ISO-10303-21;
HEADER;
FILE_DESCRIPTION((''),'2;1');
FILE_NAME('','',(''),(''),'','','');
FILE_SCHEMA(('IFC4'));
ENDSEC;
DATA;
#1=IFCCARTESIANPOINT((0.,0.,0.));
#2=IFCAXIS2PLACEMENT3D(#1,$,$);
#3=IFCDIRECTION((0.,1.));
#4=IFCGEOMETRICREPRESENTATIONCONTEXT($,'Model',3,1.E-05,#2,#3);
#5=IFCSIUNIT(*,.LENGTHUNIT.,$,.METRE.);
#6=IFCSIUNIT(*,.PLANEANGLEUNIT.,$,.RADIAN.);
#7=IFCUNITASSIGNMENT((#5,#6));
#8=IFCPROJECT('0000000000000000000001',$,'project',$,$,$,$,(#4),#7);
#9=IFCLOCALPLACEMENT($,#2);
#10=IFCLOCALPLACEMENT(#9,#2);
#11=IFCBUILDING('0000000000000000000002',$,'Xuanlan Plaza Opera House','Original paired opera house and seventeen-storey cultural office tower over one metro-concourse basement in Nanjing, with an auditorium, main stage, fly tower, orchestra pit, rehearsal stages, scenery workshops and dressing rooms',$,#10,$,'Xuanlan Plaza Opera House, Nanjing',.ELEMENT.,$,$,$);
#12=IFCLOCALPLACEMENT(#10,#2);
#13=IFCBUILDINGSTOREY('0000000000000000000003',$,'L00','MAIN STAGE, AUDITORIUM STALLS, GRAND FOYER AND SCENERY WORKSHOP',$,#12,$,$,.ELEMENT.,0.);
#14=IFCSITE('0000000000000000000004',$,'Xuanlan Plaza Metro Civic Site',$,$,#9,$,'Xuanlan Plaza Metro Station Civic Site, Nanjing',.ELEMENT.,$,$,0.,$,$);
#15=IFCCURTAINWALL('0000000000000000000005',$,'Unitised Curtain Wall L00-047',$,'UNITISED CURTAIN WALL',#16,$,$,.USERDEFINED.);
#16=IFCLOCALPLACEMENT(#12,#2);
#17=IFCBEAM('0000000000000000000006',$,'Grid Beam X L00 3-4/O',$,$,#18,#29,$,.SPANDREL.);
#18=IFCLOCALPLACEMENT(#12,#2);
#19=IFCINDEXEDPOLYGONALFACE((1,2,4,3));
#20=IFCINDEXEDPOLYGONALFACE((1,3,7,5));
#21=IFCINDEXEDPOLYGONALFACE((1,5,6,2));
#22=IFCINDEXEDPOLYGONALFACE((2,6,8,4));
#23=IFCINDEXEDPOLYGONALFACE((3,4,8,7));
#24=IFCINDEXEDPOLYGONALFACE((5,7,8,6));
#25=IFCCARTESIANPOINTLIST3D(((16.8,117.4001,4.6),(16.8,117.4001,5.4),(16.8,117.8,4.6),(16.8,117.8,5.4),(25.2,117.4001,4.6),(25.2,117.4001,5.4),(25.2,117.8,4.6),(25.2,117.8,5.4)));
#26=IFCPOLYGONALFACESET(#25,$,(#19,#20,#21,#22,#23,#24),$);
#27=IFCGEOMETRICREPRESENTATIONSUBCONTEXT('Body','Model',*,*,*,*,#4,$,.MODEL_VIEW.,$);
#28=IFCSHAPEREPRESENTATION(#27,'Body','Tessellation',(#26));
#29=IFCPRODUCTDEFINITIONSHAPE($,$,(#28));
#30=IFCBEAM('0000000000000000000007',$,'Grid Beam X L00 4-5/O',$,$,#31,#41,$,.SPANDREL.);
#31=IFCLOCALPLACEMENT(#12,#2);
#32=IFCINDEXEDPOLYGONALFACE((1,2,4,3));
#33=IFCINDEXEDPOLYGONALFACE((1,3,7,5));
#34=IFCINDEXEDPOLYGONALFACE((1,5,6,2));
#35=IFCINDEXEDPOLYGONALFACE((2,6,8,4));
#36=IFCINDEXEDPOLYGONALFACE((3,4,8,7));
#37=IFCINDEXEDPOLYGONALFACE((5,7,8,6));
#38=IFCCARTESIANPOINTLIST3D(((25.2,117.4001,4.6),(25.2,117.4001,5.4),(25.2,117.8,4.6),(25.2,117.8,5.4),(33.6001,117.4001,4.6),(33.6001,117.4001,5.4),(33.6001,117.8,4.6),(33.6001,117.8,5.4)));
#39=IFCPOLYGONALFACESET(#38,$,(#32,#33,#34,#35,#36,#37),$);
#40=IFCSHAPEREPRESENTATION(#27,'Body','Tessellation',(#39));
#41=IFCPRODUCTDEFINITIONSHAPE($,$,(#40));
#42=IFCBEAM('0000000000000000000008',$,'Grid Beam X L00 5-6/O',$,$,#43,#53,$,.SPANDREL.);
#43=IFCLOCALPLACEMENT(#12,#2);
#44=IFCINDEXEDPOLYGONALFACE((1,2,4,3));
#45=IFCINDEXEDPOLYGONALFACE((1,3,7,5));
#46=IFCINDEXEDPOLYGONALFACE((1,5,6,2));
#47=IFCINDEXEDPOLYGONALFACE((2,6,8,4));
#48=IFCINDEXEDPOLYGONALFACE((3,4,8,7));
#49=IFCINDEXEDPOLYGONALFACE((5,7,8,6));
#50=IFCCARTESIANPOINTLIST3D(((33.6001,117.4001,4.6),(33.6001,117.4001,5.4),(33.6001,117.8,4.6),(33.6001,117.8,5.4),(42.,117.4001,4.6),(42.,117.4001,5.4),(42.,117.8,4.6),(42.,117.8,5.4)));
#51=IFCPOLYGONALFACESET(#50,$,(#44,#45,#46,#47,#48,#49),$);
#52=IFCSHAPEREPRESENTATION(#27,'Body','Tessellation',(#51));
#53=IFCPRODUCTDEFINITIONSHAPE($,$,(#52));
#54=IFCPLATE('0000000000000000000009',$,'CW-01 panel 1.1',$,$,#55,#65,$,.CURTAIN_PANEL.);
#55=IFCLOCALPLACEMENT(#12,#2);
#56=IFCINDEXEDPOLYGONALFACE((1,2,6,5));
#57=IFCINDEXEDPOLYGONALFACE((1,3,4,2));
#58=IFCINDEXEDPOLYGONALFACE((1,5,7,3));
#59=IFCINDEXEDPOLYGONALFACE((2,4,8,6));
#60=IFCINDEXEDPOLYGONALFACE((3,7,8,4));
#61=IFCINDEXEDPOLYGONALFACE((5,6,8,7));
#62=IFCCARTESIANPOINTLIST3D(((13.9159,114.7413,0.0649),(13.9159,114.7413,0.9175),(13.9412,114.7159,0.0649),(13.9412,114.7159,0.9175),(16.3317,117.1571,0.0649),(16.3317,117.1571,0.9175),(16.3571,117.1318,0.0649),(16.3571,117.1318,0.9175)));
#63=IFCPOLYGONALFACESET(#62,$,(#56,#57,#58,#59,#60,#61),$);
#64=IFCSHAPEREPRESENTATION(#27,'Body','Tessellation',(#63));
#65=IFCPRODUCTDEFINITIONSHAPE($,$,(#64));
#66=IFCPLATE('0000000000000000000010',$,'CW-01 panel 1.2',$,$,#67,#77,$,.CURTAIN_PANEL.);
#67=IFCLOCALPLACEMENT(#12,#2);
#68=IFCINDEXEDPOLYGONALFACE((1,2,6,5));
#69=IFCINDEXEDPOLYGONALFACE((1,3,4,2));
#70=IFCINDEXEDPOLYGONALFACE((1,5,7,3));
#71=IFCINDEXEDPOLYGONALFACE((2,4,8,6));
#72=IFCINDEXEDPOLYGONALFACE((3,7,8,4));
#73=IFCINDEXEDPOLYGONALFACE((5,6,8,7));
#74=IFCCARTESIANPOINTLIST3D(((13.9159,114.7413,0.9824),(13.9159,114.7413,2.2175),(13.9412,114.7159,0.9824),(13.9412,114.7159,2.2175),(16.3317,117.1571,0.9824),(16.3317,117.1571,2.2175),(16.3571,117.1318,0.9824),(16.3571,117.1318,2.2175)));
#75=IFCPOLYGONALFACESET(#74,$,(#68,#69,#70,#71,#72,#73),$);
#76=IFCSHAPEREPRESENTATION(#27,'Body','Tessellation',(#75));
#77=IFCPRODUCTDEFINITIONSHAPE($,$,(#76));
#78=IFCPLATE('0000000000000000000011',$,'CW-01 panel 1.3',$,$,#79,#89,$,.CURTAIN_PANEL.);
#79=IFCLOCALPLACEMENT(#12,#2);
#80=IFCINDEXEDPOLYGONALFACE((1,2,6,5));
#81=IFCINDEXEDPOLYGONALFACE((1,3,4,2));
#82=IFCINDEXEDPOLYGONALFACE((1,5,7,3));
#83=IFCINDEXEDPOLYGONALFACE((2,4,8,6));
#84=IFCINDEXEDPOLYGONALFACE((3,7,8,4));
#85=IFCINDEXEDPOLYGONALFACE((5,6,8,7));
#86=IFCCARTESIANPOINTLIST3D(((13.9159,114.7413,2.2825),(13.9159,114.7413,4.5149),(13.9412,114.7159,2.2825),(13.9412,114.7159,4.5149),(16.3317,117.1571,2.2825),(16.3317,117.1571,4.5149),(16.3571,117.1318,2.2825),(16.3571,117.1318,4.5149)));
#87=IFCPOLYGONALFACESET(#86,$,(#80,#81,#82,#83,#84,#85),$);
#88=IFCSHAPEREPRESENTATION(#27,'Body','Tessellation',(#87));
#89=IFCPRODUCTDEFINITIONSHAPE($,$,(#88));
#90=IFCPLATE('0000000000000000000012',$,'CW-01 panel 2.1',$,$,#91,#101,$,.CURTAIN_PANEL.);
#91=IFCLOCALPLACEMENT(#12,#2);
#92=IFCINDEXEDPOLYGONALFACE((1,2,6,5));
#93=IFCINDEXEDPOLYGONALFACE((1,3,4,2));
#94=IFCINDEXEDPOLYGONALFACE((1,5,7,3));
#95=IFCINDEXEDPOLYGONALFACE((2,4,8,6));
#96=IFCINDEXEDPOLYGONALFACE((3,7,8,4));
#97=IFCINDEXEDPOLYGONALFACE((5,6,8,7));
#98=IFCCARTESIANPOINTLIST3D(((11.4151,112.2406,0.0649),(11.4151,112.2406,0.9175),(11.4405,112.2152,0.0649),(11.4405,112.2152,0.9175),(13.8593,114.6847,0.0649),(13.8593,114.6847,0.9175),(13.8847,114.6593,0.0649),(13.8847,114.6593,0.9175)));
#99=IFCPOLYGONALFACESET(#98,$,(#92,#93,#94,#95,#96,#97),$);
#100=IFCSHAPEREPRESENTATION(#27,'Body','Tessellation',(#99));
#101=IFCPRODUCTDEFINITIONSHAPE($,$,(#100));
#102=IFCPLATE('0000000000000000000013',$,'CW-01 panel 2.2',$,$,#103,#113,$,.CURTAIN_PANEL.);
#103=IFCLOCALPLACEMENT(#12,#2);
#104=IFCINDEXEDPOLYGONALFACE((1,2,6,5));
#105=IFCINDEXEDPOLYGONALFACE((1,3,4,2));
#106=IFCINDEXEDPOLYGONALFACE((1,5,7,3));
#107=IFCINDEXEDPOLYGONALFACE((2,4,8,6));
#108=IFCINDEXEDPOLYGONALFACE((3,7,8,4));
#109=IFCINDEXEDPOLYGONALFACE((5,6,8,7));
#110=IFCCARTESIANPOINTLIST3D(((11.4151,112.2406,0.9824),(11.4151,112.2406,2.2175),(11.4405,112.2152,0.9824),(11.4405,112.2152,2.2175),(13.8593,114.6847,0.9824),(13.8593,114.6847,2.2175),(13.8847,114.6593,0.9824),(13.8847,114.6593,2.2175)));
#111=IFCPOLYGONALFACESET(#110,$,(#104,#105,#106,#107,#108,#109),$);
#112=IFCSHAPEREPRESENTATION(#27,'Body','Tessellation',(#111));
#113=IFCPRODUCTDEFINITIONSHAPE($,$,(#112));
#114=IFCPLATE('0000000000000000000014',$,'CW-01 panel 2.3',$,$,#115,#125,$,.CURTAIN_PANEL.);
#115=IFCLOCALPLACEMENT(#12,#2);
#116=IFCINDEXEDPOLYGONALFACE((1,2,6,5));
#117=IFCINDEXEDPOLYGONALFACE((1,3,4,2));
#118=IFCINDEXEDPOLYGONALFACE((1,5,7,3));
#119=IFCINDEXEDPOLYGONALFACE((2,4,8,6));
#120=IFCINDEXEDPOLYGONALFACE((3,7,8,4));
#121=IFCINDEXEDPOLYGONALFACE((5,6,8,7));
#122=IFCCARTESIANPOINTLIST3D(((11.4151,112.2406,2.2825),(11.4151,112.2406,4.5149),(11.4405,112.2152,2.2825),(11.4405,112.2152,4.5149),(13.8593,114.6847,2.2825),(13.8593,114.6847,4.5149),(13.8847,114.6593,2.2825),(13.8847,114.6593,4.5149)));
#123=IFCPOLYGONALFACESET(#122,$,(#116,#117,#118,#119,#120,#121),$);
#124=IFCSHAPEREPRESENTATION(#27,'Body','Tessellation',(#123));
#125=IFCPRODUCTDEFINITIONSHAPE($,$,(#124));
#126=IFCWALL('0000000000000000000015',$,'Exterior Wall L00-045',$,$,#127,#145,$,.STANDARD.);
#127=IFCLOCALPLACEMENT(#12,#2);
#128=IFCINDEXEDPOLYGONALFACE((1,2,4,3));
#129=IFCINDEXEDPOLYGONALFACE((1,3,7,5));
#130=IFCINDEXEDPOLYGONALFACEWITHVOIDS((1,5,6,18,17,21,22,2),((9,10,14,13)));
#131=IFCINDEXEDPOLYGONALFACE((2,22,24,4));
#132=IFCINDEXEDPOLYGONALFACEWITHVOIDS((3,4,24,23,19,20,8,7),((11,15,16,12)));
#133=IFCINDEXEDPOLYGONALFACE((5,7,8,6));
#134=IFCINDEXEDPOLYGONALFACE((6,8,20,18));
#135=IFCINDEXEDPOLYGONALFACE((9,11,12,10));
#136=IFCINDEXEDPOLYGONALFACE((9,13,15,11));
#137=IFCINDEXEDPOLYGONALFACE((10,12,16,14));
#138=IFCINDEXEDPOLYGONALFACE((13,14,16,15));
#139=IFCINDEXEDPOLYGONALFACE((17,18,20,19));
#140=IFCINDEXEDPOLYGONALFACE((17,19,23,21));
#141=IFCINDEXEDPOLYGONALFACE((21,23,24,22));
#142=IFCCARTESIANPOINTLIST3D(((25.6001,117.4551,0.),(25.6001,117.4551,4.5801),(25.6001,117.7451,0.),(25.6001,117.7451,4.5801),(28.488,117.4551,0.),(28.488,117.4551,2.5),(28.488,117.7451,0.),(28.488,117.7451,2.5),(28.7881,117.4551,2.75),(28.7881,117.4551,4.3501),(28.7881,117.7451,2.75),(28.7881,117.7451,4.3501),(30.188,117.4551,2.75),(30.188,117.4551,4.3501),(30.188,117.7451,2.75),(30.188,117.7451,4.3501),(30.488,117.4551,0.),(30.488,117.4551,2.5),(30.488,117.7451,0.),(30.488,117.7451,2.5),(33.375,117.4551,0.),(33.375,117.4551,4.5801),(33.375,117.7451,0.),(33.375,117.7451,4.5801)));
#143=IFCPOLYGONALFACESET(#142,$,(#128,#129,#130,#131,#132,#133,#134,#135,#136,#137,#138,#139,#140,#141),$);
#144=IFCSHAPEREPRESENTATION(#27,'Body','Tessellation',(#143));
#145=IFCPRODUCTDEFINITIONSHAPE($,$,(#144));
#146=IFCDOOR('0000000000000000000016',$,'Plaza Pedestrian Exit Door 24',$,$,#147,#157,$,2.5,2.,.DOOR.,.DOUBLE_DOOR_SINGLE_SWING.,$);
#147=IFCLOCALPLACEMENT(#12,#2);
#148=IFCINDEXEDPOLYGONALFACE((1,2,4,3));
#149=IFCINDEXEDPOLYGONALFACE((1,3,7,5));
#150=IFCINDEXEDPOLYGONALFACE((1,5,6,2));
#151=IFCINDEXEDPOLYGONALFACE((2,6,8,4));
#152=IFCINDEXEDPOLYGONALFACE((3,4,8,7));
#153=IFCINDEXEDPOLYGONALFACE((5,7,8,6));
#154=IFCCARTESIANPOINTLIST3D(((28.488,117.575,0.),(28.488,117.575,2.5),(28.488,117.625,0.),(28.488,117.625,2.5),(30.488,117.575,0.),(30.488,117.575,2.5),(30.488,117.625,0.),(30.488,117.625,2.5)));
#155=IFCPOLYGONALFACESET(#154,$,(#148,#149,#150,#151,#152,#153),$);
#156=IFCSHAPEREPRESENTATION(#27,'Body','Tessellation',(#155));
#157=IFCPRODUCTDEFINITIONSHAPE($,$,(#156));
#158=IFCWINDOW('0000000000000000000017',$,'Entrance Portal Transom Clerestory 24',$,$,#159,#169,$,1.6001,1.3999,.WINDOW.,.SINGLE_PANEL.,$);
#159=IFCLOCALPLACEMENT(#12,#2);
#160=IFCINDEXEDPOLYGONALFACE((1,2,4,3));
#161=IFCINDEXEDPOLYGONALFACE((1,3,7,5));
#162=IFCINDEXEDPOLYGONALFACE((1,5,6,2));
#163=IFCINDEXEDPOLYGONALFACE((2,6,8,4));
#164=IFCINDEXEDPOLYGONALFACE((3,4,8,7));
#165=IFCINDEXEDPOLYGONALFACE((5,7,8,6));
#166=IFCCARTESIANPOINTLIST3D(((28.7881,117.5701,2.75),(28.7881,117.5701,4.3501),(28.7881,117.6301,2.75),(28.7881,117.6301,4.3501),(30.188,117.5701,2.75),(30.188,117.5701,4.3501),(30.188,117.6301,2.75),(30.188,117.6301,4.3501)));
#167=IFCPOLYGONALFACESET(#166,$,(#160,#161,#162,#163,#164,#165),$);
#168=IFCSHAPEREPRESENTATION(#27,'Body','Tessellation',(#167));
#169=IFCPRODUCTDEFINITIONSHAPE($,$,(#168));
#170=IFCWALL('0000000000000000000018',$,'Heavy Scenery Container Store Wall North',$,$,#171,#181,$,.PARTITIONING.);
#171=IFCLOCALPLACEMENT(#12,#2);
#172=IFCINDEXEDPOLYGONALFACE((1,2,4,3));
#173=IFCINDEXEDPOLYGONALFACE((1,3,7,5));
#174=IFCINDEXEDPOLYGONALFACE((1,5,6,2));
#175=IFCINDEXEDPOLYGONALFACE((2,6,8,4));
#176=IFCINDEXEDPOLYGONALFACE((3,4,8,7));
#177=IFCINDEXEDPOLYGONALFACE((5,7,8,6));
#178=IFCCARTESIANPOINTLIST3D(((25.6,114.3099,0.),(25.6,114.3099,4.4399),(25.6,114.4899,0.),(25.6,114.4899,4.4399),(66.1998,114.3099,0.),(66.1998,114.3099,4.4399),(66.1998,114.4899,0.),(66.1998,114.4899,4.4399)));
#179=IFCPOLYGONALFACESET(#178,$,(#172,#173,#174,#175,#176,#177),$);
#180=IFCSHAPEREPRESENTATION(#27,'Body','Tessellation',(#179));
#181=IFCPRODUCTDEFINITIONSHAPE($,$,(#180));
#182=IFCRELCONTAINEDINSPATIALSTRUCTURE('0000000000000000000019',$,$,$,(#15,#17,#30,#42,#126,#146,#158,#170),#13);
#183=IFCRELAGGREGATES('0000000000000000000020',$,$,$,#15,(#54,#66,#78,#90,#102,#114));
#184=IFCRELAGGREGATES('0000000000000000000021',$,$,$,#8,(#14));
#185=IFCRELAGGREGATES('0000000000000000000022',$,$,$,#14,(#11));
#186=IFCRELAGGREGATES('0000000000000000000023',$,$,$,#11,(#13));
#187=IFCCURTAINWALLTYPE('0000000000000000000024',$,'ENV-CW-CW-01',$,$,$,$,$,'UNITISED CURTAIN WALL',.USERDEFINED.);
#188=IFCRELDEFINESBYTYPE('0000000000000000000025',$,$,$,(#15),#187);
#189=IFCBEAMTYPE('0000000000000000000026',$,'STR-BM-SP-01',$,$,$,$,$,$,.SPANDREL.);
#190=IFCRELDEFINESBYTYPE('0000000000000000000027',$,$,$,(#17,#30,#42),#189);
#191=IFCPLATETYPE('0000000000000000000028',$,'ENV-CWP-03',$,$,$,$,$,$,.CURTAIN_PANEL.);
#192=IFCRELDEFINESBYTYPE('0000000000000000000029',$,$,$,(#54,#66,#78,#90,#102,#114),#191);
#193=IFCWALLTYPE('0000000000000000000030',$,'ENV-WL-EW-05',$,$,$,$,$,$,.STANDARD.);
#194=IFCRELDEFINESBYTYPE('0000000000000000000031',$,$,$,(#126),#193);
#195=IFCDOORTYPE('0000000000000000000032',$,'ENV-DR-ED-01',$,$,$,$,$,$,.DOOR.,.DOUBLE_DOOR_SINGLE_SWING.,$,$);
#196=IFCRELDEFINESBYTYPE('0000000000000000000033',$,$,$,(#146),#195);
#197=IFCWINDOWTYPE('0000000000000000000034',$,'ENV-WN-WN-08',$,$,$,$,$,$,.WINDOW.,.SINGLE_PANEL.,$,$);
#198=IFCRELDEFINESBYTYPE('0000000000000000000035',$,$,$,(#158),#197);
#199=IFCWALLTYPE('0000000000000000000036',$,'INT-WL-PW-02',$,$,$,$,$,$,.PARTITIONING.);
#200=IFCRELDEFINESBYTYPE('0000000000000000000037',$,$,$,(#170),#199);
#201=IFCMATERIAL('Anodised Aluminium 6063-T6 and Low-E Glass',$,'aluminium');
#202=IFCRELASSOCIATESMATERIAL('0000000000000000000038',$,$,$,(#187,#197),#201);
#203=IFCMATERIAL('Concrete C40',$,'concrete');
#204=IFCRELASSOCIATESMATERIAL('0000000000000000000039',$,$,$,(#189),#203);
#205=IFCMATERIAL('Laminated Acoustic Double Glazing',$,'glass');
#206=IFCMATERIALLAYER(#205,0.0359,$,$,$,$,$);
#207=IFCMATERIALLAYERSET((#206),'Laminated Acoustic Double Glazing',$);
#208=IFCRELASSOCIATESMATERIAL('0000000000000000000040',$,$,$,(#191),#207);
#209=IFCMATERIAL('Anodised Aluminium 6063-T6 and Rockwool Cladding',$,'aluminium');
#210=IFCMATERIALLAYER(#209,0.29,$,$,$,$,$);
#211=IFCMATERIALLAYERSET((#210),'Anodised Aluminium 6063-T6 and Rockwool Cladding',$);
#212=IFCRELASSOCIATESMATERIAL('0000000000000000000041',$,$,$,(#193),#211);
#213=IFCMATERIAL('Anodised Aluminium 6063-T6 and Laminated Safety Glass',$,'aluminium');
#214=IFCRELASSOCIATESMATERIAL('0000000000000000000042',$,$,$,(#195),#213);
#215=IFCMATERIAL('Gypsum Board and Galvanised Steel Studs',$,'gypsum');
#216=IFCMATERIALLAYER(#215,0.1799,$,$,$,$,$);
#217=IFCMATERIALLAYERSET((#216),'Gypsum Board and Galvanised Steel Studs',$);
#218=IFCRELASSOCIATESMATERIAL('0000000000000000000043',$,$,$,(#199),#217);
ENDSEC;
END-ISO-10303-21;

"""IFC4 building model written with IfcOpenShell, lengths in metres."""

from ifc_helpers import new_model, si_unit, direction, frame, frame_2d, origin, origin_2d, place, context, subcontext, project, spatial, rectangle, extrude, material, layer, layer_set, material_profile, profile_set, type_object, element, fill, aggregate, save


model = new_model("IFC4")

# Units and contexts
model_context = context("Model", 3, precision=1e-05, world=origin(), true_north=direction((0.0, 1.0)))
body_context = subcontext(model_context, "Body", "Model", "MODEL_VIEW")
ifc_project = project(units=[si_unit("LENGTHUNIT", "METRE"), si_unit("PLANEANGLEUNIT", "RADIAN")], contexts=[model_context])

# Site, building, storey
site_placement = place(None, origin())
site = spatial("IfcSite", under=ifc_project, at=site_placement, Name="Xuanlan Plaza Metro Civic Site", LongName="Xuanlan Plaza Metro Station Civic Site, Nanjing", CompositionType="ELEMENT", RefElevation=0.0)
building_placement = place(site_placement, origin())
building = spatial("IfcBuilding", under=site, at=building_placement, Name="Xuanlan Plaza Opera House", Description="Original paired opera house and seventeen-storey cultural office tower over one metro-concourse basement in Nanjing, with an auditorium, main stage, fly tower, orchestra pit, rehearsal stages, scenery workshops and dressing rooms", LongName="Xuanlan Plaza Opera House, Nanjing", CompositionType="ELEMENT")
storey_placement = place(building_placement, origin())
storey = spatial("IfcBuildingStorey", under=building, at=storey_placement, Name="L00", Description="MAIN STAGE, AUDITORIUM STALLS, GRAND FOYER AND SCENERY WORKSHOP", CompositionType="ELEMENT", Elevation=0.0)

# Shared definitions
ifc_material_1 = material(Name="Concrete C40", Category="concrete")

# Curtain wall
ifc_material_2 = material(Name="Anodised Aluminium 6063-T6 and Low-E Glass", Category="aluminium")
curtain_wall_type = type_object("IfcCurtainWallType", Name="ENV-CW-CW-01", ElementType="UNITISED CURTAIN WALL", PredefinedType="USERDEFINED", material=ifc_material_2)
curtain_wall_placement = place(storey_placement, origin())
curtain_wall = element("IfcCurtainWall", 1, at=curtain_wall_placement, inside=storey, type_object=curtain_wall_type, Name="Unitised Curtain Wall L00-047", ObjectType="UNITISED CURTAIN WALL", PredefinedType="USERDEFINED")

# Beams
ifc_material_profile_1 = material_profile(ifc_material_1, rectangle(XDim=0.3999, YDim=0.8, at=origin_2d()), Name="RC-SPD 400x800")
ifc_profile_set_1 = profile_set([ifc_material_profile_1], Name="Concrete C40")
beam_type = type_object("IfcBeamType", Name="STR-BM-SP-01", PredefinedType="SPANDREL", material=ifc_profile_set_1)
beam_1_placement = place(storey_placement, frame((16.8, 117.6001, 5.0), z_axis=(1.0, 0.0, 0.0), x_axis=(0.0, 1.0, 0.0)))
element("IfcBeam", 2, at=beam_1_placement, inside=storey, type_object=beam_type, Name="Grid Beam X L00 3-4/O", PredefinedType="SPANDREL", context=body_context, shape_type="SweptSolid", body=[
    extrude(rectangle(XDim=0.3999, YDim=0.8, at=origin_2d()), origin(), (0.0, 0.0, 1.0), 8.3999),
])
beam_2_placement = place(storey_placement, frame((25.2, 117.6001, 5.0), z_axis=(1.0, 0.0, 0.0), x_axis=(0.0, 1.0, 0.0)))
element("IfcBeam", 3, at=beam_2_placement, inside=storey, type_object=beam_type, Name="Grid Beam X L00 4-5/O", PredefinedType="SPANDREL", context=body_context, shape_type="SweptSolid", body=[
    extrude(rectangle(XDim=0.3999, YDim=0.8, at=origin_2d()), origin(), (0.0, 0.0, 1.0), 8.4001),
])
beam_3_placement = place(storey_placement, frame((33.6001, 117.6001, 5.0), z_axis=(1.0, 0.0, 0.0), x_axis=(0.0, 1.0, 0.0)))
element("IfcBeam", 4, at=beam_3_placement, inside=storey, type_object=beam_type, Name="Grid Beam X L00 5-6/O", PredefinedType="SPANDREL", context=body_context, shape_type="SweptSolid", body=[
    extrude(rectangle(XDim=0.3999, YDim=0.8, at=origin_2d()), origin(), (0.0, 0.0, 1.0), 8.3999),
])

# Plates
ifc_material_3 = material(Name="Laminated Acoustic Double Glazing", Category="glass")
ifc_layer_1 = layer(ifc_material_3, 0.0359)
ifc_layer_set_1 = layer_set([ifc_layer_1], Name="Laminated Acoustic Double Glazing")
plate_type = type_object("IfcPlateType", Name="ENV-CWP-03", PredefinedType="CURTAIN_PANEL", material=ifc_layer_set_1)
plate_1_placement = place(storey_placement, frame((15.1365, 115.9365, 0.0649), z_axis=(0.0, 0.0, 1.0), x_axis=(-0.707107, -0.707107, 0.0)))
plate_1 = element("IfcPlate", 5, at=plate_1_placement, type_object=plate_type, Name="CW-01 panel 1.1", PredefinedType="CURTAIN_PANEL", context=body_context, shape_type="SweptSolid", body=[
    extrude(rectangle(XDim=3.4165, YDim=0.0359, at=origin_2d()), origin(), (0.0, 0.0, 1.0), 0.8525),
])
plate_2_placement = place(storey_placement, frame((15.1365, 115.9365, 0.9824), z_axis=(0.0, 0.0, 1.0), x_axis=(-0.707107, -0.707107, 0.0)))
plate_2 = element("IfcPlate", 6, at=plate_2_placement, type_object=plate_type, Name="CW-01 panel 1.2", PredefinedType="CURTAIN_PANEL", context=body_context, shape_type="SweptSolid", body=[
    extrude(rectangle(XDim=3.4165, YDim=0.0359, at=origin_2d()), origin(), (0.0, 0.0, 1.0), 1.2351),
])
plate_3_placement = place(storey_placement, frame((15.1365, 115.9365, 2.2825), z_axis=(0.0, 0.0, 1.0), x_axis=(-0.707107, -0.707107, 0.0)))
plate_3 = element("IfcPlate", 7, at=plate_3_placement, type_object=plate_type, Name="CW-01 panel 1.3", PredefinedType="CURTAIN_PANEL", context=body_context, shape_type="SweptSolid", body=[
    extrude(rectangle(XDim=3.4165, YDim=0.0359, at=origin_2d()), origin(), (0.0, 0.0, 1.0), 2.2324),
])
plate_4_placement = place(storey_placement, frame((12.6499, 113.45, 0.0649), z_axis=(0.0, 0.0, 1.0), x_axis=(-0.707107, -0.707107, 0.0)))
plate_4 = element("IfcPlate", 8, at=plate_4_placement, type_object=plate_type, Name="CW-01 panel 2.1", PredefinedType="CURTAIN_PANEL", context=body_context, shape_type="SweptSolid", body=[
    extrude(rectangle(XDim=3.4565, YDim=0.0359, at=origin_2d()), origin(), (0.0, 0.0, 1.0), 0.8525),
])
plate_5_placement = place(storey_placement, frame((12.6499, 113.45, 0.9824), z_axis=(0.0, 0.0, 1.0), x_axis=(-0.707107, -0.707107, 0.0)))
plate_5 = element("IfcPlate", 9, at=plate_5_placement, type_object=plate_type, Name="CW-01 panel 2.2", PredefinedType="CURTAIN_PANEL", context=body_context, shape_type="SweptSolid", body=[
    extrude(rectangle(XDim=3.4565, YDim=0.0359, at=origin_2d()), origin(), (0.0, 0.0, 1.0), 1.2351),
])
plate_6_placement = place(storey_placement, frame((12.6499, 113.45, 2.2825), z_axis=(0.0, 0.0, 1.0), x_axis=(-0.707107, -0.707107, 0.0)))
plate_6 = element("IfcPlate", 10, at=plate_6_placement, type_object=plate_type, Name="CW-01 panel 2.3", PredefinedType="CURTAIN_PANEL", context=body_context, shape_type="SweptSolid", body=[
    extrude(rectangle(XDim=3.4565, YDim=0.0359, at=origin_2d()), origin(), (0.0, 0.0, 1.0), 2.2324),
])
aggregate(curtain_wall, [plate_1, plate_2, plate_3, plate_4, plate_5, plate_6])

# Wall, openings, door, window
ifc_material_4 = material(Name="Anodised Aluminium 6063-T6 and Rockwool Cladding", Category="aluminium")
ifc_layer_2 = layer(ifc_material_4, 0.29)
ifc_layer_set_2 = layer_set([ifc_layer_2], Name="Anodised Aluminium 6063-T6 and Rockwool Cladding")
wall_type_1 = type_object("IfcWallType", Name="ENV-WL-EW-05", PredefinedType="STANDARD", material=ifc_layer_set_2)
wall_1_placement = place(storey_placement, frame((33.375, 117.6001, 0.0), z_axis=(0.0, 0.0, 1.0), x_axis=(-1.0, 0.0, 0.0)))
wall_1 = element("IfcWall", 11, at=wall_1_placement, inside=storey, type_object=wall_type_1, Name="Exterior Wall L00-045", PredefinedType="STANDARD", context=body_context, shape_type="SweptSolid", body=[
    extrude(rectangle(XDim=7.7749, YDim=0.29, at=frame_2d((3.8875, 0.0))), origin(), (0.0, 0.0, 1.0), 4.5801),
])
opening_1_placement = place(wall_1_placement, frame((2.887, 0.0, 0.0)))
opening_1 = element("IfcOpeningElement", 12, at=opening_1_placement, cuts=wall_1, PredefinedType="OPENING", context=body_context, shape_type="SweptSolid", body=[
    extrude(rectangle(XDim=2.0, YDim=2.5, at=frame_2d((1.0, 1.25))), frame((0.0, 0.155, 0.0), z_axis=(0.0, -1.0, 0.0), x_axis=(1.0, 0.0, 0.0)), (0.0, 0.0, 1.0), 0.3101),
])
opening_2_placement = place(wall_1_placement, frame((3.187, 0.0, 2.75)))
opening_2 = element("IfcOpeningElement", 13, at=opening_2_placement, cuts=wall_1, PredefinedType="OPENING", context=body_context, shape_type="SweptSolid", body=[
    extrude(rectangle(XDim=1.3999, YDim=1.6001, at=frame_2d((0.7, 0.8))), frame((0.0, 0.155, 0.0), z_axis=(0.0, -1.0, 0.0), x_axis=(1.0, 0.0, 0.0)), (0.0, 0.0, 1.0), 0.3101),
])
ifc_material_5 = material(Name="Anodised Aluminium 6063-T6 and Laminated Safety Glass", Category="aluminium")
door_type_1 = type_object("IfcDoorType", Name="ENV-DR-ED-01", OperationType="DOUBLE_DOOR_SINGLE_SWING", PredefinedType="DOOR", material=ifc_material_5)
door_1_placement = place(opening_1_placement, frame((2.0, 0.0, 0.0), z_axis=(0.0, 0.0, 1.0), x_axis=(-1.0, 0.0, 0.0)))
door_1 = element("IfcDoor", 14, at=door_1_placement, inside=storey, type_object=door_type_1, Name="Plaza Pedestrian Exit Door 24", OperationType="DOUBLE_DOOR_SINGLE_SWING", OverallHeight=2.5, OverallWidth=2.0, PredefinedType="DOOR", context=body_context, shape_type="SweptSolid", body=[
    extrude(rectangle(XDim=2.0, YDim=2.5, at=frame_2d((1.0, 1.25))), frame((0.0, 0.0249, 0.0), z_axis=(0.0, -1.0, 0.0), x_axis=(1.0, 0.0, 0.0)), (0.0, 0.0, 1.0), 0.05),
])
fill(opening_1, door_1)
window_type = type_object("IfcWindowType", Name="ENV-WN-WN-08", PartitioningType="SINGLE_PANEL", PredefinedType="WINDOW", material=ifc_material_2)
window_1_placement = place(opening_2_placement, origin())
window_1 = element("IfcWindow", 15, at=window_1_placement, inside=storey, type_object=window_type, Name="Entrance Portal Transom Clerestory 24", OverallHeight=1.6001, OverallWidth=1.3999, PartitioningType="SINGLE_PANEL", PredefinedType="WINDOW", context=body_context, shape_type="SweptSolid", body=[
    extrude(rectangle(XDim=1.3999, YDim=1.6001, at=frame_2d((0.7, 0.8))), frame((0.0, 0.03, 0.0), z_axis=(0.0, -1.0, 0.0), x_axis=(1.0, 0.0, 0.0)), (0.0, 0.0, 1.0), 0.0601),
])
fill(opening_2, window_1)

# Wall
ifc_material_6 = material(Name="Gypsum Board and Galvanised Steel Studs", Category="gypsum")
ifc_layer_3 = layer(ifc_material_6, 0.1799)
ifc_layer_set_3 = layer_set([ifc_layer_3], Name="Gypsum Board and Galvanised Steel Studs")
wall_type_2 = type_object("IfcWallType", Name="INT-WL-PW-02", PredefinedType="PARTITIONING", material=ifc_layer_set_3)
wall_2_placement = place(storey_placement, frame((25.6001, 114.3999, 0.0), z_axis=(0.0, 0.0, 1.0), x_axis=(1.0, 0.0, 0.0)))
element("IfcWall", 16, at=wall_2_placement, inside=storey, type_object=wall_type_2, Name="Heavy Scenery Container Store Wall North", PredefinedType="PARTITIONING", context=body_context, shape_type="SweptSolid", body=[
    extrude(rectangle(XDim=40.5999, YDim=0.1799, at=frame_2d((20.2998, 0.0))), origin(), (0.0, 0.0, 1.0), 4.4399),
])

save(model, "model.ifc")
